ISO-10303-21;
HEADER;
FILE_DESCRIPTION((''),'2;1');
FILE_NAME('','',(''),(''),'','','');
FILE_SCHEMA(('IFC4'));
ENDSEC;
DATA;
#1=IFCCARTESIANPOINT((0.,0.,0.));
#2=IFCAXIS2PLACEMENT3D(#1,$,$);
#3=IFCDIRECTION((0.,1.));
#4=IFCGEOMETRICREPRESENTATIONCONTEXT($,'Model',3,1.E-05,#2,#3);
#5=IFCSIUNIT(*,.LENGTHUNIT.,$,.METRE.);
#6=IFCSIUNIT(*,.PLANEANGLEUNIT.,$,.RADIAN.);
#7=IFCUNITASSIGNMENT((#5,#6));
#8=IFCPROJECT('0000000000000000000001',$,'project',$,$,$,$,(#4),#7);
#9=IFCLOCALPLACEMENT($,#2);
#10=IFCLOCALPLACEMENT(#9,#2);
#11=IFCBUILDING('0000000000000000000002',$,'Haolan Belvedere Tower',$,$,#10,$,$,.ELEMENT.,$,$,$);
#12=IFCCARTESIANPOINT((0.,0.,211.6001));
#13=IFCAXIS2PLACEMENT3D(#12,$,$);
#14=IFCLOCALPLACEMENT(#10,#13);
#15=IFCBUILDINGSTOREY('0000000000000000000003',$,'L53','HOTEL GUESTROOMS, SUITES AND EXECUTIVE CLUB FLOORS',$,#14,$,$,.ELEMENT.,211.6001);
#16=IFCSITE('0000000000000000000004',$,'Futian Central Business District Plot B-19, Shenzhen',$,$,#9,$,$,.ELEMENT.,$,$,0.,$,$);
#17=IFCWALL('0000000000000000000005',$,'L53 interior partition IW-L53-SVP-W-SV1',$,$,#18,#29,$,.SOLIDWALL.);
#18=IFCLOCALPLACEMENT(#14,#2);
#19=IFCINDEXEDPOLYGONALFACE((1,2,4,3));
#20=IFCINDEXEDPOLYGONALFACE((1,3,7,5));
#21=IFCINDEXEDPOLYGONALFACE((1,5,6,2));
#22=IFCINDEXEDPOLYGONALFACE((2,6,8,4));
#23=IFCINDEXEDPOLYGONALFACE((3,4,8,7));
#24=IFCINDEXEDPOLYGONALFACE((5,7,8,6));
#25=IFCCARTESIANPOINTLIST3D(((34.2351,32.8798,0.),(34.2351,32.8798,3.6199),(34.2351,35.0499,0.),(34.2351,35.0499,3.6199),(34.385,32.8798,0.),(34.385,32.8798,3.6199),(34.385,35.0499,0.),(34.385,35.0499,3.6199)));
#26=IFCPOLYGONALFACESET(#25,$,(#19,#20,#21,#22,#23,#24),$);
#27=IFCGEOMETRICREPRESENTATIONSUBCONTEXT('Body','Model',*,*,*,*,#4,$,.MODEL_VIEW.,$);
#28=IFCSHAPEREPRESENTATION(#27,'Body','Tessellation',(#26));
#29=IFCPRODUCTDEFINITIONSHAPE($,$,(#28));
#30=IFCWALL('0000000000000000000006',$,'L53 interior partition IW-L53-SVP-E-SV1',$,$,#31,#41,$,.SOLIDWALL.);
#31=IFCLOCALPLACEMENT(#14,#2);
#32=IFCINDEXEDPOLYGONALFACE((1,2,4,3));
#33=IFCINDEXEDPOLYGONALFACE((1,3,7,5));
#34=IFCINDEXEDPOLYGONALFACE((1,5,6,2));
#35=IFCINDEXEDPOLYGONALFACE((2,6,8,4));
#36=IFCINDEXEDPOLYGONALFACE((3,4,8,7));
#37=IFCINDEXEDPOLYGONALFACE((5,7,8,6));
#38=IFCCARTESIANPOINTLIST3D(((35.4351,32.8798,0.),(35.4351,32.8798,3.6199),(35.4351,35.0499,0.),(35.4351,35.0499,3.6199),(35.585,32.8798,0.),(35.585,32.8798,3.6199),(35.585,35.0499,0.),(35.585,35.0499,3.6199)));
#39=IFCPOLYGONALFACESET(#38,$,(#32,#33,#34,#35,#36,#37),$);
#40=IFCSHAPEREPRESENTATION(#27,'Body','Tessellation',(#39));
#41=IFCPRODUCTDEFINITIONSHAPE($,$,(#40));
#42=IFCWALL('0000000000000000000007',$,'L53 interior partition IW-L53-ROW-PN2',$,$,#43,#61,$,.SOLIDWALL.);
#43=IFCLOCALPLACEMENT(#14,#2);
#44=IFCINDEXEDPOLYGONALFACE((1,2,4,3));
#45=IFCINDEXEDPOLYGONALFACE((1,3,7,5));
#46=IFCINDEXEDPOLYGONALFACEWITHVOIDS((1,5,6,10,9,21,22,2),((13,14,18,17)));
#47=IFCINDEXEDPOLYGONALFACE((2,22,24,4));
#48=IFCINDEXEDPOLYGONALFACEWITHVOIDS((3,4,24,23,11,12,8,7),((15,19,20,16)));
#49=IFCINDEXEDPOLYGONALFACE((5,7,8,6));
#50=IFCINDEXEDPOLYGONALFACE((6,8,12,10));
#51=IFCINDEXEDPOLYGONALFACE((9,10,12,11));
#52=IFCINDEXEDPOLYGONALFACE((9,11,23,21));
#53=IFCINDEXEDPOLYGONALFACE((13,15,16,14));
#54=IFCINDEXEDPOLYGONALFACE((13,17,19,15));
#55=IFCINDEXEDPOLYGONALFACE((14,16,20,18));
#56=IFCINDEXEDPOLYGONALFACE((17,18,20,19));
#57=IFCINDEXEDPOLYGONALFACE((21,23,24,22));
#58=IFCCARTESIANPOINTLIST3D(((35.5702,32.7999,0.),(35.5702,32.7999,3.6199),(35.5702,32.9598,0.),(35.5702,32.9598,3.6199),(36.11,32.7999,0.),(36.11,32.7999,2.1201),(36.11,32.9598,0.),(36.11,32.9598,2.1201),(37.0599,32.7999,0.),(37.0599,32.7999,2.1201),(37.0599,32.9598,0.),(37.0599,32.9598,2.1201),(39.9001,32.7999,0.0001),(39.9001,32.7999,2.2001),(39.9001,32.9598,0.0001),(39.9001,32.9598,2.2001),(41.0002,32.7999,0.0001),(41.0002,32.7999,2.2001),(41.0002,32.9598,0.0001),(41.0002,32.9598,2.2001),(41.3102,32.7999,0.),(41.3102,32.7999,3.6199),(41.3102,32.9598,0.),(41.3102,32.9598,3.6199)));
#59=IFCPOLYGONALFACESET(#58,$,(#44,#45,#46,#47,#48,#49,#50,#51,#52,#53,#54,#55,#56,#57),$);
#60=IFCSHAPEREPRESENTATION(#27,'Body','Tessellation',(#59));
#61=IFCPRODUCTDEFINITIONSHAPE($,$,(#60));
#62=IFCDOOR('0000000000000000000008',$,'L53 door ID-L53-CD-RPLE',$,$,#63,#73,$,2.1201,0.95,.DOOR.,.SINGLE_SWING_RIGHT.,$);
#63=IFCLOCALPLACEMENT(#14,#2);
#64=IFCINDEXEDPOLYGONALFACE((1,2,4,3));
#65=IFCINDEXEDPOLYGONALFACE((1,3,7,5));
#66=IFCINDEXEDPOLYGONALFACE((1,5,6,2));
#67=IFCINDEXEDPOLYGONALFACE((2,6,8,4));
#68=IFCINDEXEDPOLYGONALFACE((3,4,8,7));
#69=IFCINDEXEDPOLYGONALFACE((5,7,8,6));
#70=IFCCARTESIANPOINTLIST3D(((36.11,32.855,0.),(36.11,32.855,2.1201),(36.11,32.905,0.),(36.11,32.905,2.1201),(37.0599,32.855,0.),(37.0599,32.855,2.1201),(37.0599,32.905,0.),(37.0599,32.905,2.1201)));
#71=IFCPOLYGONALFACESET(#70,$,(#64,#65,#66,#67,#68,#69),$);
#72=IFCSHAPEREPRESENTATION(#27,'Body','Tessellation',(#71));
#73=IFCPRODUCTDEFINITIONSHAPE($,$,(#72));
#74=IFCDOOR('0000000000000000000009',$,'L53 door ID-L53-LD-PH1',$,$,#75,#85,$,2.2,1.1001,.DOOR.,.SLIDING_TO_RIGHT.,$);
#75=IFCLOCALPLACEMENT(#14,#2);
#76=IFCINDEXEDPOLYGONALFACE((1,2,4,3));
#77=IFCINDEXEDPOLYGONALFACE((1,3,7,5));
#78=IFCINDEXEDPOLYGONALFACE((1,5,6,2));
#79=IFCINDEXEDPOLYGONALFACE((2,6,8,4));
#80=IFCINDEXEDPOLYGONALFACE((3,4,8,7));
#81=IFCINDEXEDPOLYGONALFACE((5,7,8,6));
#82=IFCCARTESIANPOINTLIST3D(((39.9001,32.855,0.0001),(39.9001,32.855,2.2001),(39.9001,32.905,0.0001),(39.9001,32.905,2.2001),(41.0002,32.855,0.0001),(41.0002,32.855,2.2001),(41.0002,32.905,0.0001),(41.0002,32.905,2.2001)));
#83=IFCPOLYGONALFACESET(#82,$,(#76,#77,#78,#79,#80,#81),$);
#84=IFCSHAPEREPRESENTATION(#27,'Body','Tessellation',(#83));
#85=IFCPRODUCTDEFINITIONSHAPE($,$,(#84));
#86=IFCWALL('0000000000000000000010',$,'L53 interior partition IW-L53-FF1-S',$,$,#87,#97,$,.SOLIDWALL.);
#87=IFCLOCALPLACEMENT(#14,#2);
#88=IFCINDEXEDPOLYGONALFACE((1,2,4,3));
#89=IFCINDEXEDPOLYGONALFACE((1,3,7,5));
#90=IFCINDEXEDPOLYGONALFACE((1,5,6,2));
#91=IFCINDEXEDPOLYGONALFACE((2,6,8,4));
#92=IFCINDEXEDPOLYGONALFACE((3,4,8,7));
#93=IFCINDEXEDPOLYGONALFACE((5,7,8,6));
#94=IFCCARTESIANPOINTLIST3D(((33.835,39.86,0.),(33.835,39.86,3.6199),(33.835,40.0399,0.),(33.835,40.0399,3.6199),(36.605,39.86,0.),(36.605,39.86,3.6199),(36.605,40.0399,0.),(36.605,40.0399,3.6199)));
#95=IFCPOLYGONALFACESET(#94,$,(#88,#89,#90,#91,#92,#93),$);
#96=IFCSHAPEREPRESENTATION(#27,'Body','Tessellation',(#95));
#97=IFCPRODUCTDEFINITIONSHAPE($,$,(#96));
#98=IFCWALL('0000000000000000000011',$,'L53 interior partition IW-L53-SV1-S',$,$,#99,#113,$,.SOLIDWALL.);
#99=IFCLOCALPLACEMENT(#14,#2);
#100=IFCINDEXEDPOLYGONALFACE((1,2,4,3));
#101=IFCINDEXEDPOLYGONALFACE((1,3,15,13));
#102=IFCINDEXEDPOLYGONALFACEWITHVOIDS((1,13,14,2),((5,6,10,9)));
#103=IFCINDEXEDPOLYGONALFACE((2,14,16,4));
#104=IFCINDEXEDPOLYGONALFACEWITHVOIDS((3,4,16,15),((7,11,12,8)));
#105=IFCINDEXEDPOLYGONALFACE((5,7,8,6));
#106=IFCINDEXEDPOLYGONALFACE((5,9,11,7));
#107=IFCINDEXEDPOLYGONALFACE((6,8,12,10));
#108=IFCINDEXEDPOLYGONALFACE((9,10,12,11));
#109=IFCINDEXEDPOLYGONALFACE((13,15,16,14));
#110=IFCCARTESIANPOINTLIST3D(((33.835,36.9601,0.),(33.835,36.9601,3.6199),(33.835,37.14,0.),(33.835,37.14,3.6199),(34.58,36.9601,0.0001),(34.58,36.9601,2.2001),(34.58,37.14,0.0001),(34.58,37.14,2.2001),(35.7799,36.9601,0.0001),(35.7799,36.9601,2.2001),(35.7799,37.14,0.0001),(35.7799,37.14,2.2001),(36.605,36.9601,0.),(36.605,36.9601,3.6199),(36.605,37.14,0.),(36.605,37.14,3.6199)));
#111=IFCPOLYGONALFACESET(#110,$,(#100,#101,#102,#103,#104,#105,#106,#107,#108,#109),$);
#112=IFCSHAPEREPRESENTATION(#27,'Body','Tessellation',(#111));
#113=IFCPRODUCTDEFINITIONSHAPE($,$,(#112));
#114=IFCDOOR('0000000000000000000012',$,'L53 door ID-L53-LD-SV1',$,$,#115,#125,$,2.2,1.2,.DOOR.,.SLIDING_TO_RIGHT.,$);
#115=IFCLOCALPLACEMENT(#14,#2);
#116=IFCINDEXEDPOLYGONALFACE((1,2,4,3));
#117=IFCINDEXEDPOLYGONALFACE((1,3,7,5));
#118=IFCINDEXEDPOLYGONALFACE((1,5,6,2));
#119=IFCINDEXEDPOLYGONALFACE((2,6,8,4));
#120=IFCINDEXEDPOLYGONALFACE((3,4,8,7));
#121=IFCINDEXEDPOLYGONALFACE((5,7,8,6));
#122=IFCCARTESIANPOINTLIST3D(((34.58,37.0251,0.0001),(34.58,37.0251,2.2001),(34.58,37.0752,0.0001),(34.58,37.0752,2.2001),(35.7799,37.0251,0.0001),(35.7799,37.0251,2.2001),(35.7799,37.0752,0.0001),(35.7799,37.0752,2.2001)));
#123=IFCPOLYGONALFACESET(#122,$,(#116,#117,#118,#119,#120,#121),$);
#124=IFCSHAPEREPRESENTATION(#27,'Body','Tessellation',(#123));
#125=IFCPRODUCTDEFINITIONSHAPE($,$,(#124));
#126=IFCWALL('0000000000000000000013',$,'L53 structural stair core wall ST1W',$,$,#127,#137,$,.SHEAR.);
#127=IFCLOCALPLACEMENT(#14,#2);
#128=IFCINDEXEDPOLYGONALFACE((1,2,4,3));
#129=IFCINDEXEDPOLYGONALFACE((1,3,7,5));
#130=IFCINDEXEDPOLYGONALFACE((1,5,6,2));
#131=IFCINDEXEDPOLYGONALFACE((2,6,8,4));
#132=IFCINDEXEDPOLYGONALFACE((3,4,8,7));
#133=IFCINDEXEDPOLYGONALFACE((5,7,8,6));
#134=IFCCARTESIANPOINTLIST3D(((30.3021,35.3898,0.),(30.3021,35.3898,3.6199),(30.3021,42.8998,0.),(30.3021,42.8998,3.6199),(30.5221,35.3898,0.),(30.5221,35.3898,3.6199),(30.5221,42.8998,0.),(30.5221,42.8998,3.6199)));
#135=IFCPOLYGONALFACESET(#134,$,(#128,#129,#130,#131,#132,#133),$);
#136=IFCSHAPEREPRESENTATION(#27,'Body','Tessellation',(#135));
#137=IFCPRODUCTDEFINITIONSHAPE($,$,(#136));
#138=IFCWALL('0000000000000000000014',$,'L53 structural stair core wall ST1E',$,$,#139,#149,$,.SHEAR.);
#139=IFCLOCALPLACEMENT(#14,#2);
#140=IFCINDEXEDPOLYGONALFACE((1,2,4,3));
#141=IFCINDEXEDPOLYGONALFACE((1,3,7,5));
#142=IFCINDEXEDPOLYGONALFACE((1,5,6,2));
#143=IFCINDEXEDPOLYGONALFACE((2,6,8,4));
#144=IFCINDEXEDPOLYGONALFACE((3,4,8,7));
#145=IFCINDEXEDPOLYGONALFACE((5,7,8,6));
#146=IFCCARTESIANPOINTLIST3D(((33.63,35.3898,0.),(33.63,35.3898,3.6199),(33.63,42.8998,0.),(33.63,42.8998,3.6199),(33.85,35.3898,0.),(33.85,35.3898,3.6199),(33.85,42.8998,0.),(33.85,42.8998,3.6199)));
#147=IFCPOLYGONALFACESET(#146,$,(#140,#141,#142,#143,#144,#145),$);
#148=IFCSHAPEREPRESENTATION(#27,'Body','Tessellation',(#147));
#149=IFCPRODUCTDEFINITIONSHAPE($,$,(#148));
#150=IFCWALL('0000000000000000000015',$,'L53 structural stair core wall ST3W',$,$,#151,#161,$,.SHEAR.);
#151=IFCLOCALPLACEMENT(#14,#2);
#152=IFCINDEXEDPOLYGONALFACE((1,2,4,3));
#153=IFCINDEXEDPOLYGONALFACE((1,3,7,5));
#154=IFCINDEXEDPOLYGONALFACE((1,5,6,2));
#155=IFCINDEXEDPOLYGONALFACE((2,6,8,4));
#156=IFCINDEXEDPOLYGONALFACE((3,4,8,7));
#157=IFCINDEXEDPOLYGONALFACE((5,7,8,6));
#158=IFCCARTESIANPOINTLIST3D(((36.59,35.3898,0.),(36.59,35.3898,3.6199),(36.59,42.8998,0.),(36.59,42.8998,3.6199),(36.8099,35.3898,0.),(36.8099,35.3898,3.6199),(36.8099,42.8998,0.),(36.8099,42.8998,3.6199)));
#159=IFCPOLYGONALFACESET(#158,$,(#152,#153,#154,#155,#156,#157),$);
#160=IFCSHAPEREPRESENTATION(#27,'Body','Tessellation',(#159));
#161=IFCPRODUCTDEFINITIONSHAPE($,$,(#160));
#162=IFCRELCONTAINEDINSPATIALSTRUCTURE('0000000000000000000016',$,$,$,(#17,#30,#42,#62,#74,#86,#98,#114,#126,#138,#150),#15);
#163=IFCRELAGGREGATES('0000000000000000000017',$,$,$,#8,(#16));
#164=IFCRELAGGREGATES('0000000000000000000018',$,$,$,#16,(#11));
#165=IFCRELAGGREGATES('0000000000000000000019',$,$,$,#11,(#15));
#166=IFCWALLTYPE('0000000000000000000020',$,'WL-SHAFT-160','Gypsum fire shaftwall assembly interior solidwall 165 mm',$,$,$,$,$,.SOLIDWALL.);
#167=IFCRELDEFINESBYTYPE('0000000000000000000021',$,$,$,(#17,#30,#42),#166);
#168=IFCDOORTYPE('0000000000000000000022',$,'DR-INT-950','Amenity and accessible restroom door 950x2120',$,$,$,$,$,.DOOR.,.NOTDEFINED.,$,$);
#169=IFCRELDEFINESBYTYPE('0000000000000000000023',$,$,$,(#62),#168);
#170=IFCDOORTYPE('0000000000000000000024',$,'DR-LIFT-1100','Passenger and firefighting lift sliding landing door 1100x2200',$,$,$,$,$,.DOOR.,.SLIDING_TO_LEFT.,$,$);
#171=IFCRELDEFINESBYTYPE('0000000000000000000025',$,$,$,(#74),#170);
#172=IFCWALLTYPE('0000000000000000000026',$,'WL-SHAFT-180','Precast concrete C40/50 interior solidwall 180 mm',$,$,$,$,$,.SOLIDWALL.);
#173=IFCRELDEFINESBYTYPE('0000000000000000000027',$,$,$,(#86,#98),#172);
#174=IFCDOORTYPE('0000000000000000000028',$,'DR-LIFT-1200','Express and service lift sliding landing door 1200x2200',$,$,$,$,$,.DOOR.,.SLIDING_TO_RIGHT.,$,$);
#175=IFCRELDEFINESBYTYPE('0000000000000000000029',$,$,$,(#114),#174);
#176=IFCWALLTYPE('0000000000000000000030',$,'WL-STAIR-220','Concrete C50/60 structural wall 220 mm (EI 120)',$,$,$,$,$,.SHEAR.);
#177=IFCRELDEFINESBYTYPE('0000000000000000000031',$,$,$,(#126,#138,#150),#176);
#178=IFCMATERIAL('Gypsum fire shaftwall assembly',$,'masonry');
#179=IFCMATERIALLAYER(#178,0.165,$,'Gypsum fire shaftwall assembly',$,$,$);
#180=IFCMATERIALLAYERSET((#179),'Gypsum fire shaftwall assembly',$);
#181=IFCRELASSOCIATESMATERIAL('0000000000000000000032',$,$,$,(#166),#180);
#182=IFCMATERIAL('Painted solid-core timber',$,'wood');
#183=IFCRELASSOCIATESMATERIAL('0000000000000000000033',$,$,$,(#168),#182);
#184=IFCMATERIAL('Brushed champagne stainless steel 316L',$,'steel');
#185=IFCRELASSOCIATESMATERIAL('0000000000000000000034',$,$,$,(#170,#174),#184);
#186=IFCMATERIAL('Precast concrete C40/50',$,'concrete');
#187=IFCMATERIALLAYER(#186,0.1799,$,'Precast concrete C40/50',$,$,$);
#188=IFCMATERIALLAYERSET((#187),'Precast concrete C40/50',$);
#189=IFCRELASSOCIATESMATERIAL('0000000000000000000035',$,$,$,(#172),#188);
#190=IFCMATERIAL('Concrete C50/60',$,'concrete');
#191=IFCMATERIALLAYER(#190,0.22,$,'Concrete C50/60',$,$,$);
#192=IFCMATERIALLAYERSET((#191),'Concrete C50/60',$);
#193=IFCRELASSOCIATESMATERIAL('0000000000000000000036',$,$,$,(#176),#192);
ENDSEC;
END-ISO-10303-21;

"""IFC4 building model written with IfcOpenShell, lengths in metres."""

from ifc_helpers import new_model, si_unit, direction, frame, frame_2d, origin, place, context, subcontext, project, spatial, rectangle, extrude, material, layer, layer_set, type_object, element, fill, save


model = new_model("IFC4")

# Units and contexts
model_context = context("Model", 3, precision=1e-05, world=origin(), true_north=direction((0.0, 1.0)))
body_context = subcontext(model_context, "Body", "Model", "MODEL_VIEW")
ifc_project = project(units=[si_unit("LENGTHUNIT", "METRE"), si_unit("PLANEANGLEUNIT", "RADIAN")], contexts=[model_context])

# Site, building, storey
site_placement = place(None, origin())
site = spatial("IfcSite", under=ifc_project, at=site_placement, Name="Futian Central Business District Plot B-19, Shenzhen", CompositionType="ELEMENT", RefElevation=0.0)
building_placement = place(site_placement, origin())
building = spatial("IfcBuilding", under=site, at=building_placement, Name="Haolan Belvedere Tower", CompositionType="ELEMENT")
storey_placement = place(building_placement, frame((0.0, 0.0, 211.6001)))
storey = spatial("IfcBuildingStorey", under=building, at=storey_placement, Name="L53", Description="HOTEL GUESTROOMS, SUITES AND EXECUTIVE CLUB FLOORS", CompositionType="ELEMENT", Elevation=211.6001)

# Walls
ifc_material_1 = material(Name="Gypsum fire shaftwall assembly", Category="masonry")
ifc_layer_1 = layer(ifc_material_1, 0.165, Name="Gypsum fire shaftwall assembly")
ifc_layer_set_1 = layer_set([ifc_layer_1], Name="Gypsum fire shaftwall assembly")
wall_type_1 = type_object("IfcWallType", Name="WL-SHAFT-160", Description="Gypsum fire shaftwall assembly interior solidwall 165 mm", PredefinedType="SOLIDWALL", material=ifc_layer_set_1)
for number, where, z_axis, x_axis, name in (
    (1, (34.3101, 32.8799, 0.0), (0.0, 0.0, 1.0), (0.0, 1.0, 0.0), "L53 interior partition IW-L53-SVP-W-SV1"),
    (2, (35.51, 32.8799, 0.0), (0.0, 0.0, 1.0), (0.0, 1.0, 0.0), "L53 interior partition IW-L53-SVP-E-SV1"),
):
    element("IfcWall", number, at=place(storey_placement, frame(where, z_axis=z_axis, x_axis=x_axis)), inside=storey, type_object=wall_type_1, Name=name, PredefinedType="SOLIDWALL", context=body_context, shape_type="SweptSolid", body=[
        extrude(rectangle(XDim=2.1702, YDim=0.1499, at=frame_2d((1.085, 0.0))), origin(), (0.0, 0.0, 1.0), 3.6199),
    ])

# Shared definitions
ifc_material_2 = material(Name="Painted solid-core timber", Category="wood")
door_type_1 = type_object("IfcDoorType", Name="DR-INT-950", Description="Amenity and accessible restroom door 950x2120", OperationType="NOTDEFINED", PredefinedType="DOOR", material=ifc_material_2)

# Wall, openings, doors
wall_1_placement = place(storey_placement, frame((35.5701, 32.8799, 0.0), z_axis=(0.0, 0.0, 1.0), x_axis=(1.0, 0.0, 0.0)))
wall_1 = element("IfcWall", 3, at=wall_1_placement, inside=storey, type_object=wall_type_1, Name="L53 interior partition IW-L53-ROW-PN2", PredefinedType="SOLIDWALL", context=body_context, shape_type="SweptSolid", body=[
    extrude(rectangle(XDim=5.74, YDim=0.1599, at=frame_2d((2.8701, 0.0))), origin(), (0.0, 0.0, 1.0), 3.6199),
])
opening_1_placement = place(wall_1_placement, frame((1.49, 0.0, 0.0), z_axis=(0.0, 0.0, 1.0), x_axis=(-1.0, 0.0, 0.0)))
opening_1 = element("IfcOpeningElement", 4, at=opening_1_placement, cuts=wall_1, PredefinedType="OPENING", context=body_context, shape_type="SweptSolid", body=[
    extrude(rectangle(XDim=0.95, YDim=2.1201, at=frame_2d((0.4751, 1.0601))), frame((0.0, 0.0898, 0.0), z_axis=(0.0, -1.0, 0.0), x_axis=(1.0, 0.0, 0.0)), (0.0, 0.0, 1.0), 0.1799),
])
opening_2_placement = place(wall_1_placement, frame((5.4302, 0.0, 0.0), z_axis=(0.0, 0.0, 1.0), x_axis=(-1.0, 0.0, 0.0)))
opening_2 = element("IfcOpeningElement", 5, at=opening_2_placement, cuts=wall_1, PredefinedType="OPENING", context=body_context, shape_type="SweptSolid", body=[
    extrude(rectangle(XDim=1.1001, YDim=2.2, at=frame_2d((0.55, 1.1001))), frame((0.0, 0.0898, 0.0), z_axis=(0.0, -1.0, 0.0), x_axis=(1.0, 0.0, 0.0)), (0.0, 0.0, 1.0), 0.1799),
])
door_1_placement = place(opening_1_placement, origin())
door_1 = element("IfcDoor", 6, at=door_1_placement, inside=storey, type_object=door_type_1, Name="L53 door ID-L53-CD-RPLE", OperationType="SINGLE_SWING_RIGHT", OverallHeight=2.1201, OverallWidth=0.95, PredefinedType="DOOR", context=body_context, shape_type="SweptSolid", body=[
    extrude(rectangle(XDim=0.95, YDim=2.1201, at=frame_2d((0.4751, 1.0601))), frame((0.0, 0.0249, 0.0), z_axis=(0.0, -1.0, 0.0), x_axis=(1.0, 0.0, 0.0)), (0.0, 0.0, 1.0), 0.05),
])
fill(opening_1, door_1)
ifc_material_3 = material(Name="Brushed champagne stainless steel 316L", Category="steel")
door_type_2 = type_object("IfcDoorType", Name="DR-LIFT-1100", Description="Passenger and firefighting lift sliding landing door 1100x2200", OperationType="SLIDING_TO_LEFT", PredefinedType="DOOR", material=ifc_material_3)
door_2_placement = place(opening_2_placement, origin())
door_2 = element("IfcDoor", 7, at=door_2_placement, inside=storey, type_object=door_type_2, Name="L53 door ID-L53-LD-PH1", OperationType="SLIDING_TO_RIGHT", OverallHeight=2.2, OverallWidth=1.1001, PredefinedType="DOOR", context=body_context, shape_type="SweptSolid", body=[
    extrude(rectangle(XDim=1.1001, YDim=2.2, at=frame_2d((0.55, 1.1001))), frame((0.0, 0.0249, 0.0), z_axis=(0.0, -1.0, 0.0), x_axis=(1.0, 0.0, 0.0)), (0.0, 0.0, 1.0), 0.05),
])
fill(opening_2, door_2)

# Wall
ifc_material_4 = material(Name="Precast concrete C40/50", Category="concrete")
ifc_layer_2 = layer(ifc_material_4, 0.1799, Name="Precast concrete C40/50")
ifc_layer_set_2 = layer_set([ifc_layer_2], Name="Precast concrete C40/50")
wall_type_2 = type_object("IfcWallType", Name="WL-SHAFT-180", Description="Precast concrete C40/50 interior solidwall 180 mm", PredefinedType="SOLIDWALL", material=ifc_layer_set_2)
wall_2_placement = place(storey_placement, frame((33.835, 39.95, 0.0), z_axis=(0.0, 0.0, 1.0), x_axis=(1.0, 0.0, 0.0)))
element("IfcWall", 8, at=wall_2_placement, inside=storey, type_object=wall_type_2, Name="L53 interior partition IW-L53-FF1-S", PredefinedType="SOLIDWALL", context=body_context, shape_type="SweptSolid", body=[
    extrude(rectangle(XDim=2.77, YDim=0.1799, at=frame_2d((1.385, 0.0))), origin(), (0.0, 0.0, 1.0), 3.6199),
])

# Wall, opening, door
wall_3_placement = place(storey_placement, frame((33.835, 37.05, 0.0), z_axis=(0.0, 0.0, 1.0), x_axis=(1.0, 0.0, 0.0)))
wall_3 = element("IfcWall", 9, at=wall_3_placement, inside=storey, type_object=wall_type_2, Name="L53 interior partition IW-L53-SV1-S", PredefinedType="SOLIDWALL", context=body_context, shape_type="SweptSolid", body=[
    extrude(rectangle(XDim=2.77, YDim=0.1799, at=frame_2d((1.385, 0.0))), origin(), (0.0, 0.0, 1.0), 3.6199),
])
opening_3_placement = place(wall_3_placement, frame((1.9451, 0.0, 0.0), z_axis=(0.0, 0.0, 1.0), x_axis=(-1.0, 0.0, 0.0)))
opening_3 = element("IfcOpeningElement", 10, at=opening_3_placement, cuts=wall_3, PredefinedType="OPENING", context=body_context, shape_type="SweptSolid", body=[
    extrude(rectangle(XDim=1.2, YDim=2.2, at=frame_2d((0.6001, 1.1001))), frame((0.0, 0.0999, 0.0), z_axis=(0.0, -1.0, 0.0), x_axis=(1.0, 0.0, 0.0)), (0.0, 0.0, 1.0), 0.2),
])
door_type_3 = type_object("IfcDoorType", Name="DR-LIFT-1200", Description="Express and service lift sliding landing door 1200x2200", OperationType="SLIDING_TO_RIGHT", PredefinedType="DOOR", material=ifc_material_3)
door_3_placement = place(opening_3_placement, origin())
door_3 = element("IfcDoor", 11, at=door_3_placement, inside=storey, type_object=door_type_3, Name="L53 door ID-L53-LD-SV1", OperationType="SLIDING_TO_RIGHT", OverallHeight=2.2, OverallWidth=1.2, PredefinedType="DOOR", context=body_context, shape_type="SweptSolid", body=[
    extrude(rectangle(XDim=1.2, YDim=2.2, at=frame_2d((0.6001, 1.1001))), frame((0.0, 0.0249, 0.0), z_axis=(0.0, -1.0, 0.0), x_axis=(1.0, 0.0, 0.0)), (0.0, 0.0, 1.0), 0.05),
])
fill(opening_3, door_3)

# Walls
ifc_material_5 = material(Name="Concrete C50/60", Category="concrete")
ifc_layer_3 = layer(ifc_material_5, 0.22, Name="Concrete C50/60")
ifc_layer_set_3 = layer_set([ifc_layer_3], Name="Concrete C50/60")
wall_type_3 = type_object("IfcWallType", Name="WL-STAIR-220", Description="Concrete C50/60 structural wall 220 mm (EI 120)", PredefinedType="SHEAR", material=ifc_layer_set_3)
for number, where, z_axis, x_axis, name in (
    (12, (30.4121, 35.3899, 0.0), (0.0, 0.0, 1.0), (0.0, 1.0, 0.0), "L53 structural stair core wall ST1W"),
    (13, (33.74, 35.3899, 0.0), (0.0, 0.0, 1.0), (0.0, 1.0, 0.0), "L53 structural stair core wall ST1E"),
    (14, (36.7, 35.3899, 0.0), (0.0, 0.0, 1.0), (0.0, 1.0, 0.0), "L53 structural stair core wall ST3W"),
):
    element("IfcWall", number, at=place(storey_placement, frame(where, z_axis=z_axis, x_axis=x_axis)), inside=storey, type_object=wall_type_3, Name=name, PredefinedType="SHEAR", context=body_context, shape_type="SweptSolid", body=[
        extrude(rectangle(XDim=7.51, YDim=0.22, at=frame_2d((3.7549, 0.0))), origin(), (0.0, 0.0, 1.0), 3.6199),
    ])

save(model, "model.ifc")
